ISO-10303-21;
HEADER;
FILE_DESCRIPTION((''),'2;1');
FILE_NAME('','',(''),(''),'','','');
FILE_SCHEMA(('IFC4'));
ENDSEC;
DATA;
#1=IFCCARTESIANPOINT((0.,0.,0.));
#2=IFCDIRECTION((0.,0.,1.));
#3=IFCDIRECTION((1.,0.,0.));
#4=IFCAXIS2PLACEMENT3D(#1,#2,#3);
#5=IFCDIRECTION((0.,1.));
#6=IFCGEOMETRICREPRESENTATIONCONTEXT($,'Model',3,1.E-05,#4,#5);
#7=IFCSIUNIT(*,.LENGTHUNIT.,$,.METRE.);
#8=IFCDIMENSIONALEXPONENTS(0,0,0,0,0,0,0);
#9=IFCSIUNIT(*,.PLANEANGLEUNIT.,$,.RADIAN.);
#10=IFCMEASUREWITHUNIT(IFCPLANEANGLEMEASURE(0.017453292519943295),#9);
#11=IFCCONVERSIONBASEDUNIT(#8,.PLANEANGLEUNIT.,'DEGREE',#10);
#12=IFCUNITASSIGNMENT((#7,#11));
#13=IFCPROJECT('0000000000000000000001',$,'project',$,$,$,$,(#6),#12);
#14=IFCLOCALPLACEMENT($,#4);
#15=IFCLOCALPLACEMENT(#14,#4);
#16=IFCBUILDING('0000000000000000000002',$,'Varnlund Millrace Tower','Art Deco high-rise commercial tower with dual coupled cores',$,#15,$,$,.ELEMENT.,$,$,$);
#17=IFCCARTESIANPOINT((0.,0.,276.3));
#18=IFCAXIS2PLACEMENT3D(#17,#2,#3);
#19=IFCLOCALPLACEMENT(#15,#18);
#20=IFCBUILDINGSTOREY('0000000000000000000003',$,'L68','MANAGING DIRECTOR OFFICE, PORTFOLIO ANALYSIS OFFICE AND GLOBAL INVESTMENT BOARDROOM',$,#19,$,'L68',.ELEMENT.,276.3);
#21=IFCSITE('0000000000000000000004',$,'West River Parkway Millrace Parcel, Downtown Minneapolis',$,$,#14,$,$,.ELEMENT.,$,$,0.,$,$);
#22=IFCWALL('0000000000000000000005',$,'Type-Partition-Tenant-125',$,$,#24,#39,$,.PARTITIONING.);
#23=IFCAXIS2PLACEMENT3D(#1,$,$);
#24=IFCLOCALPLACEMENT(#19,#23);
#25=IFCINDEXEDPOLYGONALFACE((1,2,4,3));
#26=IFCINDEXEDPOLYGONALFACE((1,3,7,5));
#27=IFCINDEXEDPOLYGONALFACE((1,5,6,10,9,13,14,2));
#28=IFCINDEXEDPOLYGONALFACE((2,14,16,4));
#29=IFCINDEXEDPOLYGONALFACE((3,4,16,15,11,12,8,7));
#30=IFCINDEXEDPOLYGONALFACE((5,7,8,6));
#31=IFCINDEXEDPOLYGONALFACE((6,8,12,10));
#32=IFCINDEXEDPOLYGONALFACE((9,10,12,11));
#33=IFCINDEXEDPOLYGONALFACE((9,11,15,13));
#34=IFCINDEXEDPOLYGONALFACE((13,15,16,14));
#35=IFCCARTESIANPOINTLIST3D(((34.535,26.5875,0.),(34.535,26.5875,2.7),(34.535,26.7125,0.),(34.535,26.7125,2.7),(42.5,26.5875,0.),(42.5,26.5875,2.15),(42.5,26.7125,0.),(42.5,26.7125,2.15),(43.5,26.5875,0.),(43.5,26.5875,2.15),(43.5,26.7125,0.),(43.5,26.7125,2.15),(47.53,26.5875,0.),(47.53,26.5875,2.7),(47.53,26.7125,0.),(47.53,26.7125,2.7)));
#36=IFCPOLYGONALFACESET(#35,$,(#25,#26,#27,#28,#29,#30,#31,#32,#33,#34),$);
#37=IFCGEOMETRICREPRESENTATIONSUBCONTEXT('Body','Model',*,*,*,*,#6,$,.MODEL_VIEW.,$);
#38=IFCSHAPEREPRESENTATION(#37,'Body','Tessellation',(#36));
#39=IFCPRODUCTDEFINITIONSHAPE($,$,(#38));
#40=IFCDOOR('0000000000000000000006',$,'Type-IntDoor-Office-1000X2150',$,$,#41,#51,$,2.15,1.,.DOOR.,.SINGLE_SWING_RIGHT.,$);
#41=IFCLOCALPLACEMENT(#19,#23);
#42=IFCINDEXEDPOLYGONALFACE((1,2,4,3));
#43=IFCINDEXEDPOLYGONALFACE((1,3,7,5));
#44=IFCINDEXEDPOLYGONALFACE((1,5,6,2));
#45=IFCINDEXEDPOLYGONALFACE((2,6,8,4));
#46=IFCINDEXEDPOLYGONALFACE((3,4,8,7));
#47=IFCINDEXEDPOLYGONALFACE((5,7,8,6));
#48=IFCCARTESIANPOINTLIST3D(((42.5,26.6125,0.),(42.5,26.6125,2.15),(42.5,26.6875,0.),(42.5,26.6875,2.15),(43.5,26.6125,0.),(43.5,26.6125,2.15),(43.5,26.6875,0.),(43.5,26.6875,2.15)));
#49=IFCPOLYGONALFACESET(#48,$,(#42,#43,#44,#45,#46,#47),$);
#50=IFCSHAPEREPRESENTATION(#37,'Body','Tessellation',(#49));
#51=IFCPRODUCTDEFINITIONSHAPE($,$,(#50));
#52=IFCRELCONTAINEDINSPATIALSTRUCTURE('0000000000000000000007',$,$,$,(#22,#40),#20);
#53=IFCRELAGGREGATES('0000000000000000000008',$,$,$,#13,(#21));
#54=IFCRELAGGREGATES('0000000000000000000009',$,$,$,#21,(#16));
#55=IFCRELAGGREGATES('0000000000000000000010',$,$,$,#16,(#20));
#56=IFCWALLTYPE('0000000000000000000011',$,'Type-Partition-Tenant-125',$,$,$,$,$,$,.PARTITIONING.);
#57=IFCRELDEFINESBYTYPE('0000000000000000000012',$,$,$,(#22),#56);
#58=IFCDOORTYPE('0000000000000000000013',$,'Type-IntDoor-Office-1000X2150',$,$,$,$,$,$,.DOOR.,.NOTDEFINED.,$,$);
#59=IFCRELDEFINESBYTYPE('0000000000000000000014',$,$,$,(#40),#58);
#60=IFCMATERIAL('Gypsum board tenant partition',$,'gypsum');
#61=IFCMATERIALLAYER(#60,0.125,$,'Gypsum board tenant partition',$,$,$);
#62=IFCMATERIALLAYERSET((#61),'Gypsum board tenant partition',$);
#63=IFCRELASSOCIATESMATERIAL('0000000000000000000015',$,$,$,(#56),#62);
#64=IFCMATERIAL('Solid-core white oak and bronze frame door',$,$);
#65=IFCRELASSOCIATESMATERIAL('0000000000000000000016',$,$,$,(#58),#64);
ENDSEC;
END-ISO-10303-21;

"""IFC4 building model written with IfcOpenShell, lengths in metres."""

from ifc_helpers import new_model, entity, si_unit, converted_unit, direction, frame, origin_with_axes, origin_2d_with_axis, place, context, subcontext, project, spatial, polyline, rectangle, outline, extrude, material, layer, layer_set, type_object, element, fill, save


model = new_model("IFC4")

# Units and contexts
model_context = context("Model", 3, precision=1e-05, world=origin_with_axes(), true_north=direction((0.0, 1.0)))
body_context = subcontext(model_context, "Body", "Model", "MODEL_VIEW")
ifc_project = project(units=[si_unit("LENGTHUNIT", "METRE"), converted_unit("PLANEANGLEUNIT", "DEGREE", entity("IfcPlaneAngleMeasure", 0.017453292519943295), si_unit("PLANEANGLEUNIT", "RADIAN"), dimensions=[0, 0, 0, 0, 0, 0, 0])], contexts=[model_context])

# Site, building, storey
site_placement = place(None, origin_with_axes())
site = spatial("IfcSite", under=ifc_project, at=site_placement, Name="West River Parkway Millrace Parcel, Downtown Minneapolis", CompositionType="ELEMENT", RefElevation=0.0)
building_placement = place(site_placement, origin_with_axes())
building = spatial("IfcBuilding", under=site, at=building_placement, Name="Varnlund Millrace Tower", Description="Art Deco high-rise commercial tower with dual coupled cores", CompositionType="ELEMENT")
storey_placement = place(building_placement, frame((0.0, 0.0, 276.3), z_axis=(0.0, 0.0, 1.0), x_axis=(1.0, 0.0, 0.0)))
storey = spatial("IfcBuildingStorey", under=building, at=storey_placement, Name="L68", Description="MANAGING DIRECTOR OFFICE, PORTFOLIO ANALYSIS OFFICE AND GLOBAL INVESTMENT BOARDROOM", LongName="L68", CompositionType="ELEMENT", Elevation=276.3)

# Shared definitions
ifc_material_1 = material(Name="Gypsum board tenant partition", Category="gypsum")
ifc_layer_1 = layer(ifc_material_1, 0.125, Name="Gypsum board tenant partition")
ifc_layer_set_1 = layer_set([ifc_layer_1], Name="Gypsum board tenant partition")
wall_type_1 = type_object("IfcWallType", Name="Type-Partition-Tenant-125", PredefinedType="PARTITIONING", material=ifc_layer_set_1)

# Wall, opening, door
wall_1_placement = place(storey_placement, frame((34.535, 26.65, 0.0), z_axis=(0.0, 0.0, 1.0), x_axis=(1.0, 0.0, 0.0)))
wall_1 = element("IfcWall", 1, at=wall_1_placement, inside=storey, type_object=wall_type_1, Name="Type-Partition-Tenant-125", PredefinedType="PARTITIONING", context=body_context, shape_type="SweptSolid", body=[
    extrude(outline(polyline([(0.0, -0.0625), (12.995, -0.0625), (12.995, 0.0625), (0.0, 0.0625), (0.0, -0.0625)])), origin_with_axes(), (0.0, 0.0, 1.0), 2.7),
])
opening_1_placement = place(wall_1_placement, frame((8.465, 0.0, 0.0), z_axis=(0.0, 0.0, 1.0), x_axis=(1.0, 0.0, 0.0)))
opening_1 = element("IfcOpeningElement", 2, at=opening_1_placement, cuts=wall_1, PredefinedType="OPENING", context=body_context, shape_type="SweptSolid", body=[
    extrude(rectangle(XDim=1.0, YDim=0.145, at=origin_2d_with_axis()), origin_with_axes(), (0.0, 0.0, 1.0), 2.15),
])
ifc_material_2 = material(Name="Solid-core white oak and bronze frame door")
door_type_1 = type_object("IfcDoorType", Name="Type-IntDoor-Office-1000X2150", OperationType="NOTDEFINED", PredefinedType="DOOR", material=ifc_material_2)
door_1_placement = place(wall_1_placement, frame((8.465, 0.0, 0.0), z_axis=(0.0, 0.0, 1.0), x_axis=(1.0, 0.0, 0.0)))
door_1 = element("IfcDoor", 3, at=door_1_placement, inside=storey, type_object=door_type_1, Name="Type-IntDoor-Office-1000X2150", OperationType="SINGLE_SWING_RIGHT", OverallHeight=2.15, OverallWidth=1.0, PredefinedType="DOOR", context=body_context, shape_type="SweptSolid", body=[
    extrude(rectangle(XDim=1.0, YDim=0.075, at=origin_2d_with_axis()), origin_with_axes(), (0.0, 0.0, 1.0), 2.15),
])
fill(opening_1, door_1)

save(model, "model.ifc")
